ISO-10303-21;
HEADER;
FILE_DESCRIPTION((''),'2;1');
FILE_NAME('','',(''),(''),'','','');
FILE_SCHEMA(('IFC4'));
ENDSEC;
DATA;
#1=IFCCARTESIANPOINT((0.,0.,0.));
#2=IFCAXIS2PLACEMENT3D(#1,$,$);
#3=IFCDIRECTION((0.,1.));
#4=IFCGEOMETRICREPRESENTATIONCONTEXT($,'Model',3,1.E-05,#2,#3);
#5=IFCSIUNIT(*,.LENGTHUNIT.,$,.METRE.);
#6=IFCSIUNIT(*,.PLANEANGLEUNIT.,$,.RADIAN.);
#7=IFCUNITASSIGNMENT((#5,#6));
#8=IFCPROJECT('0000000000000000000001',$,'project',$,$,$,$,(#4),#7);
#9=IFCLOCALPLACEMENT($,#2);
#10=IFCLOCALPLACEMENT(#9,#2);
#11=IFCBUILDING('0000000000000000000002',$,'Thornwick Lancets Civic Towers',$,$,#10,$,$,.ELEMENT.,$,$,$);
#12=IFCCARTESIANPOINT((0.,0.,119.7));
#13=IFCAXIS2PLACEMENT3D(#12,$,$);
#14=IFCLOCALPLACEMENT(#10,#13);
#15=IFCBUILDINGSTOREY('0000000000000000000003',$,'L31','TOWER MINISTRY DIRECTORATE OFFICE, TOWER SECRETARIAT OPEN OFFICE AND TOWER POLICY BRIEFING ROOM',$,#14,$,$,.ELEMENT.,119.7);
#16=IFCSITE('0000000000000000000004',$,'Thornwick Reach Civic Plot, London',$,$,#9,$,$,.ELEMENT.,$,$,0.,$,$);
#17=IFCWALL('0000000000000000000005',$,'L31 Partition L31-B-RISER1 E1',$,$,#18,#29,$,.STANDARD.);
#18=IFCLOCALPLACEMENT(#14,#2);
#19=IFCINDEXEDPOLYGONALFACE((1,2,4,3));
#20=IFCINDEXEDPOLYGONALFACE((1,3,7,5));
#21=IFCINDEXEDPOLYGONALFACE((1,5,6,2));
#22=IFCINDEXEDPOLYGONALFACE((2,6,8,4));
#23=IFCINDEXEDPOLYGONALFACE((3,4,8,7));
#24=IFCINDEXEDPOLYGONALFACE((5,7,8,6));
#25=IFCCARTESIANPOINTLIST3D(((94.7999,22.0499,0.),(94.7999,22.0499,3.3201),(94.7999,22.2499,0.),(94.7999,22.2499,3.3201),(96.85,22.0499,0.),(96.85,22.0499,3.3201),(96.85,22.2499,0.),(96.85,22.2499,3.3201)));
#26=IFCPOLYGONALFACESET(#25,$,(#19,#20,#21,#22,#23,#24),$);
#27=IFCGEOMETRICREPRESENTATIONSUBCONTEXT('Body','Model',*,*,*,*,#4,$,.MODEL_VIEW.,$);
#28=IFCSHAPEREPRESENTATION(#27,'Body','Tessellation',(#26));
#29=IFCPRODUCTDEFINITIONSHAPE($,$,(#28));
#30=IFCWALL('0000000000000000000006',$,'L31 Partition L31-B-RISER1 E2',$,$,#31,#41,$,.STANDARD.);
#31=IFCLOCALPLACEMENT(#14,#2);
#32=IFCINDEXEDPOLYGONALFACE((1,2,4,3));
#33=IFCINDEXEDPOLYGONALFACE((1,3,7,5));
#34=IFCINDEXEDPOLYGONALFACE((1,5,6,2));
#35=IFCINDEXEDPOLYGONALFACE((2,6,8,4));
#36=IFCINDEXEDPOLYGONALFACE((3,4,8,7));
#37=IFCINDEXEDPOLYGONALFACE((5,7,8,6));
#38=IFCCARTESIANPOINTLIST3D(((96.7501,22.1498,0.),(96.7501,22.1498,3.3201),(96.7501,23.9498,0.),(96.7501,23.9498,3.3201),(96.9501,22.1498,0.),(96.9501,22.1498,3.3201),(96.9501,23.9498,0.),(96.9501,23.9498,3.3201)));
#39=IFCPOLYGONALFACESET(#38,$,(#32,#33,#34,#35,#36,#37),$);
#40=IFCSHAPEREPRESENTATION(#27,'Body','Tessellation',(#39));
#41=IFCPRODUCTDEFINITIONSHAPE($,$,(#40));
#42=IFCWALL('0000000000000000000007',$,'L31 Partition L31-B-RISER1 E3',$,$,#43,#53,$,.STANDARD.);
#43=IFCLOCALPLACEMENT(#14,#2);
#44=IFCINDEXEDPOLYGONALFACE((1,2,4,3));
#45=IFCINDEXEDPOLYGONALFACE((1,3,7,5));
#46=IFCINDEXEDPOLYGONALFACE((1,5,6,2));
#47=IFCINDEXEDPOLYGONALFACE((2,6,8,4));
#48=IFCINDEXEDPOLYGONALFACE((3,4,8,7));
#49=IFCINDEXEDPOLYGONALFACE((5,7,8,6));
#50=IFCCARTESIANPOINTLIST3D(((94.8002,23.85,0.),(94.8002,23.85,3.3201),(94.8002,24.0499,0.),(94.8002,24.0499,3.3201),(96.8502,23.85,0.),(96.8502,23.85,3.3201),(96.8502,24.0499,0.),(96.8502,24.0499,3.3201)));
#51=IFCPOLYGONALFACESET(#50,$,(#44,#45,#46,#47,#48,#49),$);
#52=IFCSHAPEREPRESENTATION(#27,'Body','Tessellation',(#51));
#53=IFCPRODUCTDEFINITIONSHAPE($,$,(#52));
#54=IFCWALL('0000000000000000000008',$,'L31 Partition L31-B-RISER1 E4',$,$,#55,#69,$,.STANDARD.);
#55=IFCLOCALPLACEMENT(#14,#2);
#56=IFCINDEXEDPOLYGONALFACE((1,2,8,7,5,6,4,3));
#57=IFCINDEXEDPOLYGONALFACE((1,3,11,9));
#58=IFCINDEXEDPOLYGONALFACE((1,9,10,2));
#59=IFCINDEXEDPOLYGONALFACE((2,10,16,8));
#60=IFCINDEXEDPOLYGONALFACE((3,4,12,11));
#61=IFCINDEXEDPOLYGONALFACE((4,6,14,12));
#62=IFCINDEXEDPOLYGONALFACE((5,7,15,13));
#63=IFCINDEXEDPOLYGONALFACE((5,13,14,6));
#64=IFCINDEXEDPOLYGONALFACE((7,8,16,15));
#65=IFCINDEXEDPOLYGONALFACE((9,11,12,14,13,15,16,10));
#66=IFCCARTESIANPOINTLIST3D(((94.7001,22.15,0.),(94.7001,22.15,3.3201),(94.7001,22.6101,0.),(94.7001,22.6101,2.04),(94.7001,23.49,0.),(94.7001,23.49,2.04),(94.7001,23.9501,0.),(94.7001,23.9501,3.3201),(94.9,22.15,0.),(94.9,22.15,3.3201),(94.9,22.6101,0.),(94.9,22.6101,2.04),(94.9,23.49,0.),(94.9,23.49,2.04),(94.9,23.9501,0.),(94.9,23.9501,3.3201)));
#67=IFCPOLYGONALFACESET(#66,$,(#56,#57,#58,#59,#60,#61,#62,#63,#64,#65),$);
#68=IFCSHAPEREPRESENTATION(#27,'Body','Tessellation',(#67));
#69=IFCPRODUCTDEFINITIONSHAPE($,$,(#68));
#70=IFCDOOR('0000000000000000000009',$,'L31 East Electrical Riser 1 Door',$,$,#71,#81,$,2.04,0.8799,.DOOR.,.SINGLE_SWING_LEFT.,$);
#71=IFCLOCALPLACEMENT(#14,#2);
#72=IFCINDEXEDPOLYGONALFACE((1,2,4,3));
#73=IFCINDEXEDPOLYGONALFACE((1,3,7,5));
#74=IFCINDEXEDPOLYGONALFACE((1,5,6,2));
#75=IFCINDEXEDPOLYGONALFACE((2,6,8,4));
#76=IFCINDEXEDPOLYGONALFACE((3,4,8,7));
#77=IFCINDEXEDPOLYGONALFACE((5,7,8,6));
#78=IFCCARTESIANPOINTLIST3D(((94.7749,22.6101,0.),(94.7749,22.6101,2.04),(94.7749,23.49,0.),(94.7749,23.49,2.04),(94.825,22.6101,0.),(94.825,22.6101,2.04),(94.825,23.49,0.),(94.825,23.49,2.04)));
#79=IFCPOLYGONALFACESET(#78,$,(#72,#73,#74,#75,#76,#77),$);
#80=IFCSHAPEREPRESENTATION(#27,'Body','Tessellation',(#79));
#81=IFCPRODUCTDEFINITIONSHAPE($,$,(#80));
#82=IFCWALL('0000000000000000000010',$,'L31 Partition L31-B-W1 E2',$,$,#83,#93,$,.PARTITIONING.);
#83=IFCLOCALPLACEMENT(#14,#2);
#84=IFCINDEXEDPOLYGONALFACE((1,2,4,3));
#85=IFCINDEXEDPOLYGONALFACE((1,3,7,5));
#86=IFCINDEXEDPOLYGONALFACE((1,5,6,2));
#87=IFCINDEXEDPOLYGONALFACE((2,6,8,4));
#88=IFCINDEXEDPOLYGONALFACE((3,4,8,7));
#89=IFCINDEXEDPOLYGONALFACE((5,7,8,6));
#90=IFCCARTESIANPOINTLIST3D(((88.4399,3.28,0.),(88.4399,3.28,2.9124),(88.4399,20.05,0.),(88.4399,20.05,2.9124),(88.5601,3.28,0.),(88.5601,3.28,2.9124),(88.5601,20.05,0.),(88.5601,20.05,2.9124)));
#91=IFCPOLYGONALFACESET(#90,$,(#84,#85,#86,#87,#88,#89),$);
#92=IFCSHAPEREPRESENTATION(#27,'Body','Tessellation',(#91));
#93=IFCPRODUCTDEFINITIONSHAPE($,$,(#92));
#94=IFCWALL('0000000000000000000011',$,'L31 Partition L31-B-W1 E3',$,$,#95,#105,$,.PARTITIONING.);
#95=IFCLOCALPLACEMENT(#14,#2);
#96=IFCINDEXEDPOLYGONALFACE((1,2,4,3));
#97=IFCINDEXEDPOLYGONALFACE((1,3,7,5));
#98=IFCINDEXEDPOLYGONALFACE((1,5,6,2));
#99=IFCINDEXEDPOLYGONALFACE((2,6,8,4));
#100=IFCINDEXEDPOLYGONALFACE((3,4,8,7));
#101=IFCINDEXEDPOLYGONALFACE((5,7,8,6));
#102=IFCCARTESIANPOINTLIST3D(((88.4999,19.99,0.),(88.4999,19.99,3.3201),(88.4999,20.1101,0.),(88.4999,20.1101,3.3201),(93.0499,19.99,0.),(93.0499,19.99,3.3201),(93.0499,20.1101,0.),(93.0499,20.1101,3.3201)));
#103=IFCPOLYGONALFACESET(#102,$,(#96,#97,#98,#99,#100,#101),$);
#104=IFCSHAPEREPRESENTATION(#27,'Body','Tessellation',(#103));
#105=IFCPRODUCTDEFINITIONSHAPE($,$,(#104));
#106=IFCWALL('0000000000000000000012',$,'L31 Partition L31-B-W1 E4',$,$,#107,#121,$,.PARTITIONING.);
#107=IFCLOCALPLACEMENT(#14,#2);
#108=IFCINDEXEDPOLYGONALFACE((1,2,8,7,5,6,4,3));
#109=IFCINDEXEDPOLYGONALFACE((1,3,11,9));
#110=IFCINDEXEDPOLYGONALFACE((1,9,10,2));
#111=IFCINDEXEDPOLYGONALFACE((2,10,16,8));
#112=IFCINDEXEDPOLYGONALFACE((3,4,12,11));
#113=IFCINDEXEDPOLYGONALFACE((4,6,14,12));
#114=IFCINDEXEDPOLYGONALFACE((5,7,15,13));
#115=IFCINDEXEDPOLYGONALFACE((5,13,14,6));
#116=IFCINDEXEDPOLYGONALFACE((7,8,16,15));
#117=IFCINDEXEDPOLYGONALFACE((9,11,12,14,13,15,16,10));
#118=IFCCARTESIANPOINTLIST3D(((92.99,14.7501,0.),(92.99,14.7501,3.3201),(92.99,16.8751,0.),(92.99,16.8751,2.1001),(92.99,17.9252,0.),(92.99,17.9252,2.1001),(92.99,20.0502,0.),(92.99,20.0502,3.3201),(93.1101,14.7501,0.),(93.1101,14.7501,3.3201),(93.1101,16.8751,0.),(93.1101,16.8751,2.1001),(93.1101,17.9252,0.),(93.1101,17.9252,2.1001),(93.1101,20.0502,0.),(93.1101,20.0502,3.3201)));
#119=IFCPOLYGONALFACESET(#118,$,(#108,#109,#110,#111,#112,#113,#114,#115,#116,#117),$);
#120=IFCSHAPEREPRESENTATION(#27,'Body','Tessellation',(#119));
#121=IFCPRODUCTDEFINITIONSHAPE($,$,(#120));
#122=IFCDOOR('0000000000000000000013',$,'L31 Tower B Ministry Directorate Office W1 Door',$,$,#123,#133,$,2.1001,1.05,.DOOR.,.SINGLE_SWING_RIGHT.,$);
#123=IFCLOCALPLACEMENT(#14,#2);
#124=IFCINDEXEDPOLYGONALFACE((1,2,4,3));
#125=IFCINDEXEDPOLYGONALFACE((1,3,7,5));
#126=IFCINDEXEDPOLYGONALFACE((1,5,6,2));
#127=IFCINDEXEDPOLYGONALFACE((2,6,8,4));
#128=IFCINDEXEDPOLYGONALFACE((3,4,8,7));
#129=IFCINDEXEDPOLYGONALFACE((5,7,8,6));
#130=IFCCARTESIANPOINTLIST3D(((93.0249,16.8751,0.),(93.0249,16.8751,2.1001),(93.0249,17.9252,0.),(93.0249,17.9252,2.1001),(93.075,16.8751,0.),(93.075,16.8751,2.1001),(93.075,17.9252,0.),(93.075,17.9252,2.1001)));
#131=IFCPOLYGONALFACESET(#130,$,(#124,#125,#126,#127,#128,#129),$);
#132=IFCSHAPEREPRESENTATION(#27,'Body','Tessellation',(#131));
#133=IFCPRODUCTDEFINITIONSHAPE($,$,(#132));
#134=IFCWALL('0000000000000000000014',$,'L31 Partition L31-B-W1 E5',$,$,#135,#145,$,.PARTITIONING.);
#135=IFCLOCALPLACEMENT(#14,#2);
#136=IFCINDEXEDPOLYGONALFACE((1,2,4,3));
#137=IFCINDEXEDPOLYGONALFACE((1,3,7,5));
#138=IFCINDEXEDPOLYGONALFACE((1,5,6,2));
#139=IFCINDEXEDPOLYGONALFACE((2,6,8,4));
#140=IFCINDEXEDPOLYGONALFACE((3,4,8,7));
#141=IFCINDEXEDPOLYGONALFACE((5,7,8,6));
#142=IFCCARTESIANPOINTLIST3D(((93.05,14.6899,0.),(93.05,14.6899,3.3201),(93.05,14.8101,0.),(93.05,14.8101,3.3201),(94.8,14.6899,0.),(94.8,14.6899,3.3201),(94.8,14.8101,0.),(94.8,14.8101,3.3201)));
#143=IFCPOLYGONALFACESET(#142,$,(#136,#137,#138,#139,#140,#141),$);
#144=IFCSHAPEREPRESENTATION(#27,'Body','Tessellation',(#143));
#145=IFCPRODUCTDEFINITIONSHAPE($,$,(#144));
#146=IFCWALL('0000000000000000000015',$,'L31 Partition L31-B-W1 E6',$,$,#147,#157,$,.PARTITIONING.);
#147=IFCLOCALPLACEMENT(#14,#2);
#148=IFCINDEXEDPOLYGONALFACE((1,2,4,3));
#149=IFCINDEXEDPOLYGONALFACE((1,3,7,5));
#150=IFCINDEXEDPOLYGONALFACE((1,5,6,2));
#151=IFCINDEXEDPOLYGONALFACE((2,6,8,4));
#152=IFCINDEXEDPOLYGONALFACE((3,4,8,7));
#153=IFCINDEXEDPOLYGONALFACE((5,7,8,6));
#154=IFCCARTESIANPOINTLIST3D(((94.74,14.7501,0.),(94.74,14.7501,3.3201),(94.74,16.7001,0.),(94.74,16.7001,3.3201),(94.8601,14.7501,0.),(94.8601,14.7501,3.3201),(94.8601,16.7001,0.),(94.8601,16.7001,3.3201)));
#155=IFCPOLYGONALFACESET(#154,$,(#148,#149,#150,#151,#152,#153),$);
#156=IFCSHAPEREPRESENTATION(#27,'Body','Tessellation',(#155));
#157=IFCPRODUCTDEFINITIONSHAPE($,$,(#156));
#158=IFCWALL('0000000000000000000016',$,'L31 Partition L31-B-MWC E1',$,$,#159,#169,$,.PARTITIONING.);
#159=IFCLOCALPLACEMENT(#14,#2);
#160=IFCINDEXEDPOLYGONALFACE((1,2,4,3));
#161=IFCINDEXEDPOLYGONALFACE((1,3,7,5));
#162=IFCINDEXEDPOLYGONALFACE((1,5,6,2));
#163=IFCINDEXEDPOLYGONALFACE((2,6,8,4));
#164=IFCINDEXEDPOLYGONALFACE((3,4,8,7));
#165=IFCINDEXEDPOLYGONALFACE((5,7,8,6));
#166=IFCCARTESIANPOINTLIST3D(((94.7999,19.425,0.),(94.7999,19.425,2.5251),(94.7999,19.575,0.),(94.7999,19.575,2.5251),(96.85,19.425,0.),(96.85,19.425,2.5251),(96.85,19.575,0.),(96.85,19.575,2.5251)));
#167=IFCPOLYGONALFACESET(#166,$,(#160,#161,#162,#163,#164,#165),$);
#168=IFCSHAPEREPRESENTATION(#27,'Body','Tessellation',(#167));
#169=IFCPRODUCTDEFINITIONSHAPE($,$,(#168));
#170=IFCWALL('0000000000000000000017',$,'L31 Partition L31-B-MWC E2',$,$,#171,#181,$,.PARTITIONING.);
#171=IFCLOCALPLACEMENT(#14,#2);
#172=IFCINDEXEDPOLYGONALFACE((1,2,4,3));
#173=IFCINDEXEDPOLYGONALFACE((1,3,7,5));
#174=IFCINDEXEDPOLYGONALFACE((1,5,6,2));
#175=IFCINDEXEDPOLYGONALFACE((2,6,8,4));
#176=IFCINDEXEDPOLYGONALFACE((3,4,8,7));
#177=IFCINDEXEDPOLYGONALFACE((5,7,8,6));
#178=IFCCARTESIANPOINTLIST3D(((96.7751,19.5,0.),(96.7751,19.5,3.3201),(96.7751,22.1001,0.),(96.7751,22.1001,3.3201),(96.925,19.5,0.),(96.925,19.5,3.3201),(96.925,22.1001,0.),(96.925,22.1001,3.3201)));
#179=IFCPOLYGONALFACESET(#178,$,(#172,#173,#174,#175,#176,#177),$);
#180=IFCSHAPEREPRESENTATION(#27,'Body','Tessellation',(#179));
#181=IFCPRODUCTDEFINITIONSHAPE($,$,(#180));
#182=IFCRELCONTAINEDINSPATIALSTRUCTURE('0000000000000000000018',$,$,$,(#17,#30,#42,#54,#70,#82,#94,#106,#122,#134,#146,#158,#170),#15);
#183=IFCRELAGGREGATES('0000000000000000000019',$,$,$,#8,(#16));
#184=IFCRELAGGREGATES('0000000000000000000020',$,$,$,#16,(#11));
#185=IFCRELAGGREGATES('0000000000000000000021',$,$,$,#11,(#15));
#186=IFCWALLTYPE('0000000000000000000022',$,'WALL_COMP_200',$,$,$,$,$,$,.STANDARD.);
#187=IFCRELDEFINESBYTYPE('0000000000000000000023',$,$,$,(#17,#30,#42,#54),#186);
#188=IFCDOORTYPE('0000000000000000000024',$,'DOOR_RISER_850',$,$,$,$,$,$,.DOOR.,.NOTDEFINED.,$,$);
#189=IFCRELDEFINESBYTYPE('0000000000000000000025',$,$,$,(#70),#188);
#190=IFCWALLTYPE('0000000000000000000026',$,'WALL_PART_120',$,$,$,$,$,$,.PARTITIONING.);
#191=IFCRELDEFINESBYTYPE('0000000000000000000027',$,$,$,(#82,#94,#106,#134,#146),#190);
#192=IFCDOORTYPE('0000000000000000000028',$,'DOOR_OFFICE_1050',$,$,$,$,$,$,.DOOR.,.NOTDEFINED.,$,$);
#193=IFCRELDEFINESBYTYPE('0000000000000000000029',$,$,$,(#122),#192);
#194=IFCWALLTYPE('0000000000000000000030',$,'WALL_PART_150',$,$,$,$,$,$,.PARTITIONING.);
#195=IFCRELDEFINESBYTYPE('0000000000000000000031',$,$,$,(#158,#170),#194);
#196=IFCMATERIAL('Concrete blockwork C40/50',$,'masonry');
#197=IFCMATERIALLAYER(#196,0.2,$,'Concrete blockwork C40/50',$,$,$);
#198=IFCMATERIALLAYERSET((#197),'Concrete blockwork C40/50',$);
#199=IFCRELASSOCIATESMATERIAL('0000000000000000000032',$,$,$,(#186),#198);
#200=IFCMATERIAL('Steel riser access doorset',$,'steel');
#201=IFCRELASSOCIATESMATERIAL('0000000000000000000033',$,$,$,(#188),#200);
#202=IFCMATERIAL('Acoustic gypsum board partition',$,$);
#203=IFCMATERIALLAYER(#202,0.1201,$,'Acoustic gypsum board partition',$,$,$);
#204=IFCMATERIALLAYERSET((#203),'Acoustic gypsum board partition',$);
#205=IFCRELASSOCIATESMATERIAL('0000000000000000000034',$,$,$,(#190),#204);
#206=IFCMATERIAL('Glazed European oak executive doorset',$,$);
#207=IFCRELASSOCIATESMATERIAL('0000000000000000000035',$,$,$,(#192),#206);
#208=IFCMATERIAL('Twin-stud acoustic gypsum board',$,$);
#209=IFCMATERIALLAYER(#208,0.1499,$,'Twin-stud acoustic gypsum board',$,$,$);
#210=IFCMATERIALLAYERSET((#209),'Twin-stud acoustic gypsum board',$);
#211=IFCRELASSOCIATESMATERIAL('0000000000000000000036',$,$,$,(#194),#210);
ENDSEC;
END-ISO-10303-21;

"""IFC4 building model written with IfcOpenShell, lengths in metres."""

from ifc_helpers import new_model, si_unit, direction, frame, frame_2d, origin, place, context, subcontext, project, spatial, rectangle, extrude, material, layer, layer_set, type_object, element, fill, save


model = new_model("IFC4")

# Units and contexts
model_context = context("Model", 3, precision=1e-05, world=origin(), true_north=direction((0.0, 1.0)))
body_context = subcontext(model_context, "Body", "Model", "MODEL_VIEW")
ifc_project = project(units=[si_unit("LENGTHUNIT", "METRE"), si_unit("PLANEANGLEUNIT", "RADIAN")], contexts=[model_context])

# Site, building, storey
site_placement = place(None, origin())
site = spatial("IfcSite", under=ifc_project, at=site_placement, Name="Thornwick Reach Civic Plot, London", CompositionType="ELEMENT", RefElevation=0.0)
building_placement = place(site_placement, origin())
building = spatial("IfcBuilding", under=site, at=building_placement, Name="Thornwick Lancets Civic Towers", CompositionType="ELEMENT")
storey_placement = place(building_placement, frame((0.0, 0.0, 119.7)))
storey = spatial("IfcBuildingStorey", under=building, at=storey_placement, Name="L31", Description="TOWER MINISTRY DIRECTORATE OFFICE, TOWER SECRETARIAT OPEN OFFICE AND TOWER POLICY BRIEFING ROOM", CompositionType="ELEMENT", Elevation=119.7)

# Shared definitions
ifc_material_1 = material(Name="Concrete blockwork C40/50", Category="masonry")
ifc_layer_1 = layer(ifc_material_1, 0.2, Name="Concrete blockwork C40/50")
ifc_layer_set_1 = layer_set([ifc_layer_1], Name="Concrete blockwork C40/50")
wall_type_1 = type_object("IfcWallType", Name="WALL_COMP_200", PredefinedType="STANDARD", material=ifc_layer_set_1)

# Walls
wall_1_placement = place(storey_placement, frame((94.8, 22.1499, 0.0), z_axis=(0.0, 0.0, 1.0), x_axis=(1.0, 0.0, 0.0)))
element("IfcWall", 1, at=wall_1_placement, inside=storey, type_object=wall_type_1, Name="L31 Partition L31-B-RISER1 E1", PredefinedType="STANDARD", context=body_context, shape_type="SweptSolid", body=[
    extrude(rectangle(XDim=2.05, YDim=0.2, at=frame_2d((1.0249, 0.0))), origin(), (0.0, 0.0, 1.0), 3.3201),
])
wall_2_placement = place(storey_placement, frame((96.8501, 22.1499, 0.0), z_axis=(0.0, 0.0, 1.0), x_axis=(0.0, 1.0, 0.0)))
element("IfcWall", 2, at=wall_2_placement, inside=storey, type_object=wall_type_1, Name="L31 Partition L31-B-RISER1 E2", PredefinedType="STANDARD", context=body_context, shape_type="SweptSolid", body=[
    extrude(rectangle(XDim=1.8, YDim=0.2, at=frame_2d((0.8999, 0.0))), origin(), (0.0, 0.0, 1.0), 3.3201),
])
wall_3_placement = place(storey_placement, frame((96.8501, 23.95, 0.0), z_axis=(0.0, 0.0, 1.0), x_axis=(-1.0, 0.0, 0.0)))
element("IfcWall", 3, at=wall_3_placement, inside=storey, type_object=wall_type_1, Name="L31 Partition L31-B-RISER1 E3", PredefinedType="STANDARD", context=body_context, shape_type="SweptSolid", body=[
    extrude(rectangle(XDim=2.05, YDim=0.2, at=frame_2d((1.0249, 0.0))), origin(), (0.0, 0.0, 1.0), 3.3201),
])

# Wall, opening, door
wall_4_placement = place(storey_placement, frame((94.8, 23.95, 0.0), z_axis=(0.0, 0.0, 1.0), x_axis=(0.0, -1.0, 0.0)))
wall_4 = element("IfcWall", 4, at=wall_4_placement, inside=storey, type_object=wall_type_1, Name="L31 Partition L31-B-RISER1 E4", PredefinedType="STANDARD", context=body_context, shape_type="SweptSolid", body=[
    extrude(rectangle(XDim=1.8, YDim=0.2, at=frame_2d((0.8999, 0.0))), origin(), (0.0, 0.0, 1.0), 3.3201),
])
opening_1_placement = place(wall_4_placement, frame((0.46, 0.0, 0.0)))
opening_1 = element("IfcOpeningElement", 5, at=opening_1_placement, cuts=wall_4, PredefinedType="OPENING", context=body_context, shape_type="SweptSolid", body=[
    extrude(rectangle(XDim=0.8799, YDim=2.04, at=frame_2d((0.4399, 1.02))), frame((0.0, 0.1099, 0.0), z_axis=(0.0, -1.0, 0.0), x_axis=(1.0, 0.0, 0.0)), (0.0, 0.0, 1.0), 0.22),
])
ifc_material_2 = material(Name="Steel riser access doorset", Category="steel")
door_type_1 = type_object("IfcDoorType", Name="DOOR_RISER_850", OperationType="NOTDEFINED", PredefinedType="DOOR", material=ifc_material_2)
door_1_placement = place(opening_1_placement, origin())
door_1 = element("IfcDoor", 6, at=door_1_placement, inside=storey, type_object=door_type_1, Name="L31 East Electrical Riser 1 Door", OperationType="SINGLE_SWING_LEFT", OverallHeight=2.04, OverallWidth=0.8799, PredefinedType="DOOR", context=body_context, shape_type="SweptSolid", body=[
    extrude(rectangle(XDim=0.8799, YDim=2.04, at=frame_2d((0.4399, 1.02))), frame((0.0, 0.0249, 0.0), z_axis=(0.0, -1.0, 0.0), x_axis=(1.0, 0.0, 0.0)), (0.0, 0.0, 1.0), 0.05),
])
fill(opening_1, door_1)

# Walls
ifc_material_3 = material(Name="Acoustic gypsum board partition")
ifc_layer_2 = layer(ifc_material_3, 0.1201, Name="Acoustic gypsum board partition")
ifc_layer_set_2 = layer_set([ifc_layer_2], Name="Acoustic gypsum board partition")
wall_type_2 = type_object("IfcWallType", Name="WALL_PART_120", PredefinedType="PARTITIONING", material=ifc_layer_set_2)
wall_5_placement = place(storey_placement, frame((88.5, 3.28, 0.0), z_axis=(0.0, 0.0, 1.0), x_axis=(0.0, 1.0, 0.0)))
element("IfcWall", 7, at=wall_5_placement, inside=storey, type_object=wall_type_2, Name="L31 Partition L31-B-W1 E2", PredefinedType="PARTITIONING", context=body_context, shape_type="SweptSolid", body=[
    extrude(rectangle(XDim=16.77, YDim=0.1201, at=frame_2d((8.385, 0.0))), origin(), (0.0, 0.0, 1.0), 2.9124),
])
wall_6_placement = place(storey_placement, frame((88.5, 20.05, 0.0), z_axis=(0.0, 0.0, 1.0), x_axis=(1.0, 0.0, 0.0)))
element("IfcWall", 8, at=wall_6_placement, inside=storey, type_object=wall_type_2, Name="L31 Partition L31-B-W1 E3", PredefinedType="PARTITIONING", context=body_context, shape_type="SweptSolid", body=[
    extrude(rectangle(XDim=4.55, YDim=0.1201, at=frame_2d((2.2749, 0.0))), origin(), (0.0, 0.0, 1.0), 3.3201),
])

# Wall, opening, door
wall_7_placement = place(storey_placement, frame((93.05, 20.05, 0.0), z_axis=(0.0, 0.0, 1.0), x_axis=(0.0, -1.0, 0.0)))
wall_7 = element("IfcWall", 9, at=wall_7_placement, inside=storey, type_object=wall_type_2, Name="L31 Partition L31-B-W1 E4", PredefinedType="PARTITIONING", context=body_context, shape_type="SweptSolid", body=[
    extrude(rectangle(XDim=5.3, YDim=0.1201, at=frame_2d((2.6499, 0.0))), origin(), (0.0, 0.0, 1.0), 3.3201),
])
opening_2_placement = place(wall_7_placement, frame((2.125, 0.0, 0.0)))
opening_2 = element("IfcOpeningElement", 10, at=opening_2_placement, cuts=wall_7, PredefinedType="OPENING", context=body_context, shape_type="SweptSolid", body=[
    extrude(rectangle(XDim=1.05, YDim=2.1001, at=frame_2d((0.5249, 1.05))), frame((0.0, 0.0701, 0.0), z_axis=(0.0, -1.0, 0.0), x_axis=(1.0, 0.0, 0.0)), (0.0, 0.0, 1.0), 0.1401),
])
ifc_material_4 = material(Name="Glazed European oak executive doorset")
door_type_2 = type_object("IfcDoorType", Name="DOOR_OFFICE_1050", OperationType="NOTDEFINED", PredefinedType="DOOR", material=ifc_material_4)
door_2_placement = place(opening_2_placement, origin())
door_2 = element("IfcDoor", 11, at=door_2_placement, inside=storey, type_object=door_type_2, Name="L31 Tower B Ministry Directorate Office W1 Door", OperationType="SINGLE_SWING_RIGHT", OverallHeight=2.1001, OverallWidth=1.05, PredefinedType="DOOR", context=body_context, shape_type="SweptSolid", body=[
    extrude(rectangle(XDim=1.05, YDim=2.1001, at=frame_2d((0.5249, 1.05))), frame((0.0, 0.0249, 0.0), z_axis=(0.0, -1.0, 0.0), x_axis=(1.0, 0.0, 0.0)), (0.0, 0.0, 1.0), 0.05),
])
fill(opening_2, door_2)

# Walls
wall_8_placement = place(storey_placement, frame((93.05, 14.75, 0.0), z_axis=(0.0, 0.0, 1.0), x_axis=(1.0, 0.0, 0.0)))
element("IfcWall", 12, at=wall_8_placement, inside=storey, type_object=wall_type_2, Name="L31 Partition L31-B-W1 E5", PredefinedType="PARTITIONING", context=body_context, shape_type="SweptSolid", body=[
    extrude(rectangle(XDim=1.75, YDim=0.1201, at=frame_2d((0.875, 0.0))), origin(), (0.0, 0.0, 1.0), 3.3201),
])
wall_9_placement = place(storey_placement, frame((94.8, 14.75, 0.0), z_axis=(0.0, 0.0, 1.0), x_axis=(0.0, 1.0, 0.0)))
element("IfcWall", 13, at=wall_9_placement, inside=storey, type_object=wall_type_2, Name="L31 Partition L31-B-W1 E6", PredefinedType="PARTITIONING", context=body_context, shape_type="SweptSolid", body=[
    extrude(rectangle(XDim=1.95, YDim=0.1201, at=frame_2d((0.9751, 0.0))), origin(), (0.0, 0.0, 1.0), 3.3201),
])
ifc_material_5 = material(Name="Twin-stud acoustic gypsum board")
ifc_layer_3 = layer(ifc_material_5, 0.1499, Name="Twin-stud acoustic gypsum board")
ifc_layer_set_3 = layer_set([ifc_layer_3], Name="Twin-stud acoustic gypsum board")
wall_type_3 = type_object("IfcWallType", Name="WALL_PART_150", PredefinedType="PARTITIONING", material=ifc_layer_set_3)
wall_10_placement = place(storey_placement, frame((94.8, 19.5, 0.0), z_axis=(0.0, 0.0, 1.0), x_axis=(1.0, 0.0, 0.0)))
element("IfcWall", 14, at=wall_10_placement, inside=storey, type_object=wall_type_3, Name="L31 Partition L31-B-MWC E1", PredefinedType="PARTITIONING", context=body_context, shape_type="SweptSolid", body=[
    extrude(rectangle(XDim=2.05, YDim=0.1499, at=frame_2d((1.0249, 0.0))), origin(), (0.0, 0.0, 1.0), 2.5251),
])
wall_11_placement = place(storey_placement, frame((96.8501, 19.5, 0.0), z_axis=(0.0, 0.0, 1.0), x_axis=(0.0, 1.0, 0.0)))
element("IfcWall", 15, at=wall_11_placement, inside=storey, type_object=wall_type_3, Name="L31 Partition L31-B-MWC E2", PredefinedType="PARTITIONING", context=body_context, shape_type="SweptSolid", body=[
    extrude(rectangle(XDim=2.6001, YDim=0.1499, at=frame_2d((1.3, 0.0))), origin(), (0.0, 0.0, 1.0), 3.3201),
])

save(model, "model.ifc")
